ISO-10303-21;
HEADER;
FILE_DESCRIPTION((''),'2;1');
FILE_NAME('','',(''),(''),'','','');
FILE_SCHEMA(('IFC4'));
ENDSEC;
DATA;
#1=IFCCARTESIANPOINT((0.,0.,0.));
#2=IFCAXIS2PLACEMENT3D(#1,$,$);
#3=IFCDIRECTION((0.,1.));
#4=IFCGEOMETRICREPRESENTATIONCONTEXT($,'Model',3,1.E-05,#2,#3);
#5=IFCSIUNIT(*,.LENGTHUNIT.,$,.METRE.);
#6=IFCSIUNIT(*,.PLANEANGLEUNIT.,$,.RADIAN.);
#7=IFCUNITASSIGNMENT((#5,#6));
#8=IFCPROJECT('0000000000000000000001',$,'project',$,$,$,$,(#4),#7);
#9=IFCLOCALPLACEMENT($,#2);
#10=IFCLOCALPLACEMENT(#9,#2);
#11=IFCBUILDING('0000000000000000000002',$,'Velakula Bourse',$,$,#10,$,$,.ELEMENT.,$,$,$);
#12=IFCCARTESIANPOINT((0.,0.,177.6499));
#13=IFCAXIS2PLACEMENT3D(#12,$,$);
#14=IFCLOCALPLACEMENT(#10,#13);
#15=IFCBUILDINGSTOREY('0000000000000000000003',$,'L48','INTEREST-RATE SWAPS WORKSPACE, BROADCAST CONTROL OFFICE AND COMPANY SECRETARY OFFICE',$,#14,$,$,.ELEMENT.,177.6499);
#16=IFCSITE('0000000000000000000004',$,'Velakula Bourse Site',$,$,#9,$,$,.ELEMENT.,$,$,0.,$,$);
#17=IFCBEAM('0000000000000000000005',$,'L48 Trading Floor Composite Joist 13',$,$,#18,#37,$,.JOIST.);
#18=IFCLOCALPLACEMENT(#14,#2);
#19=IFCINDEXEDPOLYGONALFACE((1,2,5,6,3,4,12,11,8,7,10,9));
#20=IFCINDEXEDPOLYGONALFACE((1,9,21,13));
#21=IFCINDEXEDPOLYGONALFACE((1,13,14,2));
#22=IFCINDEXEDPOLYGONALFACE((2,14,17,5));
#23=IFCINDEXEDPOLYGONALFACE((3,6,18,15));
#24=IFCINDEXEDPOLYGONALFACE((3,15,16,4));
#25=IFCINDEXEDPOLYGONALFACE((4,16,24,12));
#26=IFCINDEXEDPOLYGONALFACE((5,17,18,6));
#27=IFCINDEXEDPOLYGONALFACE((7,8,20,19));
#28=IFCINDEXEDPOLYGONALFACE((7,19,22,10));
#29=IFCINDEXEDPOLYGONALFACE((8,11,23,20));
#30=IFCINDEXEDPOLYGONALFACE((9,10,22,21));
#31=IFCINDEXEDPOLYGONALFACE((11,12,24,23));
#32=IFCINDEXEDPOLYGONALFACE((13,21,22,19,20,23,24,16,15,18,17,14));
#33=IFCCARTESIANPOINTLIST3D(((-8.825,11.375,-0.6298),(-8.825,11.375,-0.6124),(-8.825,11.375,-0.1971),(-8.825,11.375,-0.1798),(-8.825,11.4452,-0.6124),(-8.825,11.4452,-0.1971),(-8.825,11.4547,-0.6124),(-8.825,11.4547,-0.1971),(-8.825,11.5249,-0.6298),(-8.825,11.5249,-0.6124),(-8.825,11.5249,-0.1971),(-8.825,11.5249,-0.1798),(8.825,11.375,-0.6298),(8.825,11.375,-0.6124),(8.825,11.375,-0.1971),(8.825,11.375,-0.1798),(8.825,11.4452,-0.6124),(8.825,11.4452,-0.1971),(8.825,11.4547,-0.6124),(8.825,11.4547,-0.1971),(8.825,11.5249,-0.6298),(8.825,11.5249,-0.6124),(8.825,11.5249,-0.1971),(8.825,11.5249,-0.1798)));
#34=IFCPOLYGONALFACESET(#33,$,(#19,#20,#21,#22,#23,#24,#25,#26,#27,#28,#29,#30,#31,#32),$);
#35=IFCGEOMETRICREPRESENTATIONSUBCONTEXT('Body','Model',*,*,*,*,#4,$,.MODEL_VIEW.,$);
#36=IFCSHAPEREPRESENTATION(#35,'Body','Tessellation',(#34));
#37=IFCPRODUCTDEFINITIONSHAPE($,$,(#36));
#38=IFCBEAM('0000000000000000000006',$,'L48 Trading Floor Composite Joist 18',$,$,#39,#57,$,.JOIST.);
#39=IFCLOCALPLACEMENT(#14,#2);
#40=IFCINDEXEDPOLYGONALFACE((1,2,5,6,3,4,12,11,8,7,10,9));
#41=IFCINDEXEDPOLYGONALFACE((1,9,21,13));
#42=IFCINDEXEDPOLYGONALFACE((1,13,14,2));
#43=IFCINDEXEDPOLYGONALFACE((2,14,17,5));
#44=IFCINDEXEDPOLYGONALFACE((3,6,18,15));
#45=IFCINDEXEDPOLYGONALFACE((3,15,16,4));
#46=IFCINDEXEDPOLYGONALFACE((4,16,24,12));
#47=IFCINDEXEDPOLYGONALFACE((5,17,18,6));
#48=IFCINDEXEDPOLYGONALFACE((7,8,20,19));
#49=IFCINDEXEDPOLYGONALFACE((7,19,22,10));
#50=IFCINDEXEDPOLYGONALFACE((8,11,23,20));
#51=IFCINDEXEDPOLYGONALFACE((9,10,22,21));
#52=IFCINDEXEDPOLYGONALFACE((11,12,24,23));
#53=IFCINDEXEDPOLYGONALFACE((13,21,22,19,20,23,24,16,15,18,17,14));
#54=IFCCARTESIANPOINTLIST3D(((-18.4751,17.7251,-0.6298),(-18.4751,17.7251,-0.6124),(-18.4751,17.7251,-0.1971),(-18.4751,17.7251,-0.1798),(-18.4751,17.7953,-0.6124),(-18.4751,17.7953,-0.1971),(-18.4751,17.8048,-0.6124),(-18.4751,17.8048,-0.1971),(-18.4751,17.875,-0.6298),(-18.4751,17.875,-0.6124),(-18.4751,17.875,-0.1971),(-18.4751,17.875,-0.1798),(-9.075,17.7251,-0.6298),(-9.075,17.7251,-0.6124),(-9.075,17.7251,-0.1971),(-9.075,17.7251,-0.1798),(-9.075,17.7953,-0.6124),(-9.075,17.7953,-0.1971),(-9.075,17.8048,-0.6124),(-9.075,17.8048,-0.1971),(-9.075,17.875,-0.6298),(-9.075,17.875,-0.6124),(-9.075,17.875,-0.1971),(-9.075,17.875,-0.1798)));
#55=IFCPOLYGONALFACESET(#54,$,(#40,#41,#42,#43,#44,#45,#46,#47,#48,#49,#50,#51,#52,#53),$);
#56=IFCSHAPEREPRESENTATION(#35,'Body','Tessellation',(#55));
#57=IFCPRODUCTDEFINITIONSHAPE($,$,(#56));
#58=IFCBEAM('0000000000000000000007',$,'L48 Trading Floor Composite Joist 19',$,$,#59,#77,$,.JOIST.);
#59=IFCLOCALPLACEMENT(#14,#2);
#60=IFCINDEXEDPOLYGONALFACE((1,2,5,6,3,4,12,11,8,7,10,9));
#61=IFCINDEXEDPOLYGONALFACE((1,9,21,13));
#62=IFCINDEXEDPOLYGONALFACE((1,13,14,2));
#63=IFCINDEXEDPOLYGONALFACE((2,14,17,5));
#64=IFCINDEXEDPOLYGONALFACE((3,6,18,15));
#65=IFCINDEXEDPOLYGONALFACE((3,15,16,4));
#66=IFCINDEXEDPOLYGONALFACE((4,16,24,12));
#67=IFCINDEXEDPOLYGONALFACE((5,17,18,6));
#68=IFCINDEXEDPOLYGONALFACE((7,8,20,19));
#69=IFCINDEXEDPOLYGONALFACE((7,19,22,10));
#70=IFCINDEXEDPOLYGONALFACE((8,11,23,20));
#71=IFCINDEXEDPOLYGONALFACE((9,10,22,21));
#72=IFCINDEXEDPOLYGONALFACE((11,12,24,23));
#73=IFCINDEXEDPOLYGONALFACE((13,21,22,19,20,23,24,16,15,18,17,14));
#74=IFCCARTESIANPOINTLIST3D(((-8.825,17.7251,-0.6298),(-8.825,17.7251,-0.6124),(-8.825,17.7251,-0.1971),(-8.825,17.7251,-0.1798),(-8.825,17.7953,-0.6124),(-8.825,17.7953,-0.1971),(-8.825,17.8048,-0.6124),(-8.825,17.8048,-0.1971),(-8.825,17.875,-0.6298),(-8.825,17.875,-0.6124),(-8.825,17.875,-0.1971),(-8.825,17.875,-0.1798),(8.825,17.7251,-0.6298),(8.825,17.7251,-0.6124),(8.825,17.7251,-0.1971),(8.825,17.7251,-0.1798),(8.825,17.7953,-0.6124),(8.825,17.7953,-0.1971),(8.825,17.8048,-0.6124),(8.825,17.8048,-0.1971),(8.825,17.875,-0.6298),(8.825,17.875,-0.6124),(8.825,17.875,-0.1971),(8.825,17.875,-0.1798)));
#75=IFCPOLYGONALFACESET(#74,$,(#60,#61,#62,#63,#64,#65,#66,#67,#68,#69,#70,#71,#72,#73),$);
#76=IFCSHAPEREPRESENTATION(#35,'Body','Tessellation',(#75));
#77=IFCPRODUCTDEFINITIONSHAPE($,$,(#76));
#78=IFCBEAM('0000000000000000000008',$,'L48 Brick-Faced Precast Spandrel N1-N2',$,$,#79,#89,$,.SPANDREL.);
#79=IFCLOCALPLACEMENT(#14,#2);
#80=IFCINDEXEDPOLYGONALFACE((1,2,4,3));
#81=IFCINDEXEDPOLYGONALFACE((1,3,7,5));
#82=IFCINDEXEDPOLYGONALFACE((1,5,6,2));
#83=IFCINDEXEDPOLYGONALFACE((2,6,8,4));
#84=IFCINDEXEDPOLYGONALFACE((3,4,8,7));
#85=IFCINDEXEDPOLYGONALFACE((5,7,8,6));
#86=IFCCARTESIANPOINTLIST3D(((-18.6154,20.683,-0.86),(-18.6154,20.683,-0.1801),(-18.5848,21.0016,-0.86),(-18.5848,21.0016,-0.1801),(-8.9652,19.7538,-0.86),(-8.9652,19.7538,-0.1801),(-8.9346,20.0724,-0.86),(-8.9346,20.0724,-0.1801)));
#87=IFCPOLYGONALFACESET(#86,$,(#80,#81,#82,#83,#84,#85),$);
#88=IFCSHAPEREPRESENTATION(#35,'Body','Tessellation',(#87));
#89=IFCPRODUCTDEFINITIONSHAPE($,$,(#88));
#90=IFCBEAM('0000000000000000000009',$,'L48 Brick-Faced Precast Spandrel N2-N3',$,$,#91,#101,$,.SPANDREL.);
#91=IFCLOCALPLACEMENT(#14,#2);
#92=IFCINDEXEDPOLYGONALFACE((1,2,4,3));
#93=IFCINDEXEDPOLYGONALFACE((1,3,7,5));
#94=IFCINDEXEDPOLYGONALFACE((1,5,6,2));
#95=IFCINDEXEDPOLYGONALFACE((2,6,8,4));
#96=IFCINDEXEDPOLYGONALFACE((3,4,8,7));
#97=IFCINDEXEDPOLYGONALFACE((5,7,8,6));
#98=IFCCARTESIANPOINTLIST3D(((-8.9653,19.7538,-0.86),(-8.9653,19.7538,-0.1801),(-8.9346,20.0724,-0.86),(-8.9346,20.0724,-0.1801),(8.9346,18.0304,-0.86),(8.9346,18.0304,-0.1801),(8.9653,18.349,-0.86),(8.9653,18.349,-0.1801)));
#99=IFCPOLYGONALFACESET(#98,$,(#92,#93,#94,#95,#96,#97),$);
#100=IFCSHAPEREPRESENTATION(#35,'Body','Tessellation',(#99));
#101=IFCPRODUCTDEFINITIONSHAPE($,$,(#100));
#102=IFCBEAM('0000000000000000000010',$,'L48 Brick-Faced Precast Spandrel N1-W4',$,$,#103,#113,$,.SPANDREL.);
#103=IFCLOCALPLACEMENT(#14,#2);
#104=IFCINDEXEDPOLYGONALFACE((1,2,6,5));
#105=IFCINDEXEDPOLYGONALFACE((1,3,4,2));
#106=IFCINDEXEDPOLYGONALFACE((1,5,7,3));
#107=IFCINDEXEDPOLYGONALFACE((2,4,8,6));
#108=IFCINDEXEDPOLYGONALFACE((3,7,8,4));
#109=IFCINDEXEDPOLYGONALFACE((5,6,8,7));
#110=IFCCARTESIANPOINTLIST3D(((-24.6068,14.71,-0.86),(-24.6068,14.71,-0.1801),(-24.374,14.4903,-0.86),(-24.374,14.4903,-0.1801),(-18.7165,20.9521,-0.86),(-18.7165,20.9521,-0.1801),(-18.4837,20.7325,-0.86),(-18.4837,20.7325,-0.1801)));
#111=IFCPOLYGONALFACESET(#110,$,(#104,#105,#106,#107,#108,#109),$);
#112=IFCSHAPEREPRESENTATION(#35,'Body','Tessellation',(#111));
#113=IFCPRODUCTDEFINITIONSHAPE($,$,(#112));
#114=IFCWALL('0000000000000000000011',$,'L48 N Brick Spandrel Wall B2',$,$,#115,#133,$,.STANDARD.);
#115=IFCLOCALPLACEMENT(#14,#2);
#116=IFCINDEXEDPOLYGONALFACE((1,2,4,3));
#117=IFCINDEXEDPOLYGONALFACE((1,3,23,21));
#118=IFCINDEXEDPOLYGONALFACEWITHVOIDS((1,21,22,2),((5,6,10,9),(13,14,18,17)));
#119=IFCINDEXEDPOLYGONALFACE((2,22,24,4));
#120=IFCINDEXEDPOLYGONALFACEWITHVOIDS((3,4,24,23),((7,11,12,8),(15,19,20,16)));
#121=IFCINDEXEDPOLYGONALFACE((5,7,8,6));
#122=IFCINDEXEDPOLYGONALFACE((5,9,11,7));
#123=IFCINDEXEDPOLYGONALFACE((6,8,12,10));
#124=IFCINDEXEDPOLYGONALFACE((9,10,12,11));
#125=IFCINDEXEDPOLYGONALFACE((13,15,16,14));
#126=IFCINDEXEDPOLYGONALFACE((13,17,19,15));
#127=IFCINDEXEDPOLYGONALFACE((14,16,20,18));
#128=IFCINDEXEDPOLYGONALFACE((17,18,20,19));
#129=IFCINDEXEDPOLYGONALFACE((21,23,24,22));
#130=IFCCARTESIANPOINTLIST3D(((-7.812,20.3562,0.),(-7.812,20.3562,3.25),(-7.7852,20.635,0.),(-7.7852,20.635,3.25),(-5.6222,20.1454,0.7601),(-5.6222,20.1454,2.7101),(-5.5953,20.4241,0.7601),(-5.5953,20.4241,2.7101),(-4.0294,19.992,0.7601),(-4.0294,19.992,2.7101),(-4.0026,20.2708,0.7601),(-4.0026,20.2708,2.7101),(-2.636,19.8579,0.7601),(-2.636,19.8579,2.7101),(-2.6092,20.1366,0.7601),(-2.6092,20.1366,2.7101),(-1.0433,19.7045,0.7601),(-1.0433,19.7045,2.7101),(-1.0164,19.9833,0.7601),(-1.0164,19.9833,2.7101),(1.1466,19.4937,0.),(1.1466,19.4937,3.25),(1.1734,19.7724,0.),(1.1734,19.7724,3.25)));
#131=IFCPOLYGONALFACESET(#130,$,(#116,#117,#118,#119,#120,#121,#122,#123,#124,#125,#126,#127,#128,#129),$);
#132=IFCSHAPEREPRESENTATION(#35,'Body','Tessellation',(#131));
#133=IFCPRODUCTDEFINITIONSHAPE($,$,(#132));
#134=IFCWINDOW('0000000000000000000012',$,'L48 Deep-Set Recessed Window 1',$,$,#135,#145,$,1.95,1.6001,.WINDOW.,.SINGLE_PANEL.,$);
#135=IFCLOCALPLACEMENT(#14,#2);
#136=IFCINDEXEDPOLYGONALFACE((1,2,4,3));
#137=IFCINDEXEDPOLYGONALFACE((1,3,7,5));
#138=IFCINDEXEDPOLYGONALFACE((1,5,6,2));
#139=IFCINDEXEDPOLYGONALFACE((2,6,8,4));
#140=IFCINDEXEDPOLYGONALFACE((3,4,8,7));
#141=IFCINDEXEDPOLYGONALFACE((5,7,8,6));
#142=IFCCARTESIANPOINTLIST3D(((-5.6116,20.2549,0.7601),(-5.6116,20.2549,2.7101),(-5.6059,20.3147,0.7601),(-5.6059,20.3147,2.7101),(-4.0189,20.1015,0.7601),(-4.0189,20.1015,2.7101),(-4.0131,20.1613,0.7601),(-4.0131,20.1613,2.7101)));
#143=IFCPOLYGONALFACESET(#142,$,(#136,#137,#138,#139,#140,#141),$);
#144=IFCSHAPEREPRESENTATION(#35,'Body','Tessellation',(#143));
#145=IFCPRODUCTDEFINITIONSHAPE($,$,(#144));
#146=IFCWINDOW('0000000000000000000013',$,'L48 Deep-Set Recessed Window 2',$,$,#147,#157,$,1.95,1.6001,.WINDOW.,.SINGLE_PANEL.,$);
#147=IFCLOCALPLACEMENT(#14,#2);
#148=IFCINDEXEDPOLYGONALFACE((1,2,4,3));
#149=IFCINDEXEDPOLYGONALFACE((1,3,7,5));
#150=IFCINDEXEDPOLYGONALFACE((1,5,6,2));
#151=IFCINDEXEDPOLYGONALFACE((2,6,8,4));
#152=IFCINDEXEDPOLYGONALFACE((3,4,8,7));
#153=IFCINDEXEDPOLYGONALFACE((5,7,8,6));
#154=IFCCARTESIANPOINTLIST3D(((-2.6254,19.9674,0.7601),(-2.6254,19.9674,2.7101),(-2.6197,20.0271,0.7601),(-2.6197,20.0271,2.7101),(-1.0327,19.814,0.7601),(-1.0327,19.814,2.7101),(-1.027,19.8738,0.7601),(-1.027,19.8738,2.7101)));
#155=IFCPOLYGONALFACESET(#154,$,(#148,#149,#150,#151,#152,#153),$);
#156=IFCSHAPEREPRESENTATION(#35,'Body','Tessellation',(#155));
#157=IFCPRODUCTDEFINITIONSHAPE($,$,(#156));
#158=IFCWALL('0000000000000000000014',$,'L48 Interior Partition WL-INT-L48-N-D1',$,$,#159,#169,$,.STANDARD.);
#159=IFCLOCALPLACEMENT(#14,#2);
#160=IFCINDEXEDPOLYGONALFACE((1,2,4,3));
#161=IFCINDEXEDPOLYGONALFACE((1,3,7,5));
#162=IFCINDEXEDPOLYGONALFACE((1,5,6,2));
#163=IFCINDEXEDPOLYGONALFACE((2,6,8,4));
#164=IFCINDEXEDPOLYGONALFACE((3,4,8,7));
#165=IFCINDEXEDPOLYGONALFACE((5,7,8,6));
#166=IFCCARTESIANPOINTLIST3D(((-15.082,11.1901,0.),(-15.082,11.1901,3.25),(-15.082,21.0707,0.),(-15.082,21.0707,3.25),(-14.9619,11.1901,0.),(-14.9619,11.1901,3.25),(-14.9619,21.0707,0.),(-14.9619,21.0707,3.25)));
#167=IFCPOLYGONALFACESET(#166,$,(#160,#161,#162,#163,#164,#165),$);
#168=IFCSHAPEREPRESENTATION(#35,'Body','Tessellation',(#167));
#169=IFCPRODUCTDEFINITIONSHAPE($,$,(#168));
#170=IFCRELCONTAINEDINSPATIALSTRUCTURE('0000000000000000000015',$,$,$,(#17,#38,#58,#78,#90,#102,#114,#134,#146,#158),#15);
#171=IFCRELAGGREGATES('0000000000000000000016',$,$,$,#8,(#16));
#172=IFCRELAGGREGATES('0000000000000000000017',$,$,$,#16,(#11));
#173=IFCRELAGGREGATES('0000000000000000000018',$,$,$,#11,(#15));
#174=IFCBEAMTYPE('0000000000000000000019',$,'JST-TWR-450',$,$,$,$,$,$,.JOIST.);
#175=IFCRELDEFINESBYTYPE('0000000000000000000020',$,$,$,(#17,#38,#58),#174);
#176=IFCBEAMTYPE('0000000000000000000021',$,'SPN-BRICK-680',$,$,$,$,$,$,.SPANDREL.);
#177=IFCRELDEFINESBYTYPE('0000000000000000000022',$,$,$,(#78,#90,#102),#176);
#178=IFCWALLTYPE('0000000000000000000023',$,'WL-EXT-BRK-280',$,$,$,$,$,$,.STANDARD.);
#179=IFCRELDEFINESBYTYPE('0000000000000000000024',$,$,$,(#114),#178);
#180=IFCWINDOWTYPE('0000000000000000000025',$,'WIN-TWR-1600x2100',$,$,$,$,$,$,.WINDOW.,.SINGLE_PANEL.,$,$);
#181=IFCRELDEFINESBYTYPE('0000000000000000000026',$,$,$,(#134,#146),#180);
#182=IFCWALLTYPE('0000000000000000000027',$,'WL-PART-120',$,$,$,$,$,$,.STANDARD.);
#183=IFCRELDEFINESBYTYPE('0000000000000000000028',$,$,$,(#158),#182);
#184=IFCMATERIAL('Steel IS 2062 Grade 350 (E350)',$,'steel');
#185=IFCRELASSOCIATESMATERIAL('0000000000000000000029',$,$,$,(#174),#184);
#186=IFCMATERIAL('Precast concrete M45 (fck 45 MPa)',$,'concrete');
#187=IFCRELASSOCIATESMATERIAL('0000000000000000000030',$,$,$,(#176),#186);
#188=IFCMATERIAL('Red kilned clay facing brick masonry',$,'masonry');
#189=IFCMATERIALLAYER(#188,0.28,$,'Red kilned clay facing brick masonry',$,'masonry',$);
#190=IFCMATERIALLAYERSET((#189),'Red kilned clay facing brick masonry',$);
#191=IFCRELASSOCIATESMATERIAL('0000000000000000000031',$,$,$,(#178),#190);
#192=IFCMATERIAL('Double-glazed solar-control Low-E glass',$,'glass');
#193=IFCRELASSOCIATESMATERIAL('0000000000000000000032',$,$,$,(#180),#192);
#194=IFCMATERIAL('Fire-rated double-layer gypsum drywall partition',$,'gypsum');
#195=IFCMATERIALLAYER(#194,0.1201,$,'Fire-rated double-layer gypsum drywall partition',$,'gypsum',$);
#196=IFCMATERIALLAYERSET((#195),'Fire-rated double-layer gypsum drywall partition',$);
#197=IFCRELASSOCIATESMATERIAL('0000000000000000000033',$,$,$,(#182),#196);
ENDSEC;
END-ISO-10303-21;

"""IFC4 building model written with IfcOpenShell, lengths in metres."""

from ifc_helpers import new_model, si_unit, direction, frame, frame_2d, origin, origin_2d, place, context, subcontext, project, spatial, rectangle, i_section, extrude, material, layer, layer_set, material_profile, profile_set, type_object, element, fill, save


model = new_model("IFC4")

# Units and contexts
model_context = context("Model", 3, precision=1e-05, world=origin(), true_north=direction((0.0, 1.0)))
body_context = subcontext(model_context, "Body", "Model", "MODEL_VIEW")
ifc_project = project(units=[si_unit("LENGTHUNIT", "METRE"), si_unit("PLANEANGLEUNIT", "RADIAN")], contexts=[model_context])

# Site, building, storey
site_placement = place(None, origin())
site = spatial("IfcSite", under=ifc_project, at=site_placement, Name="Velakula Bourse Site", CompositionType="ELEMENT", RefElevation=0.0)
building_placement = place(site_placement, origin())
building = spatial("IfcBuilding", under=site, at=building_placement, Name="Velakula Bourse", CompositionType="ELEMENT")
storey_placement = place(building_placement, frame((0.0, 0.0, 177.6499)))
storey = spatial("IfcBuildingStorey", under=building, at=storey_placement, Name="L48", Description="INTEREST-RATE SWAPS WORKSPACE, BROADCAST CONTROL OFFICE AND COMPANY SECRETARY OFFICE", CompositionType="ELEMENT", Elevation=177.6499)

# Shared definitions
ifc_material_1 = material(Name="Steel IS 2062 Grade 350 (E350)", Category="steel")

# Beams
ifc_material_profile_1 = material_profile(ifc_material_1, i_section(OverallWidth=0.1499, OverallDepth=0.45, WebThickness=0.0095, FlangeThickness=0.0173, at=origin_2d()), Name="Steel IS 2062 Grade 350 (E350)")
ifc_profile_set_1 = profile_set([ifc_material_profile_1], Name="Steel IS 2062 Grade 350 (E350)")
beam_type_1 = type_object("IfcBeamType", Name="JST-TWR-450", PredefinedType="JOIST", material=ifc_profile_set_1)
beam_1_placement = place(storey_placement, frame((-8.825, 11.45, -0.4048), z_axis=(1.0, 0.0, 0.0), x_axis=(0.0, 1.0, 0.0)))
element("IfcBeam", 1, at=beam_1_placement, inside=storey, type_object=beam_type_1, Name="L48 Trading Floor Composite Joist 13", PredefinedType="JOIST", context=body_context, shape_type="SweptSolid", body=[
    extrude(i_section(OverallWidth=0.1499, OverallDepth=0.45, WebThickness=0.0095, FlangeThickness=0.0173, at=origin_2d()), origin(), (0.0, 0.0, 1.0), 17.6499),
])
beam_2_placement = place(storey_placement, frame((-18.4751, 17.8, -0.4048), z_axis=(1.0, 0.0, 0.0), x_axis=(0.0, 1.0, 0.0)))
element("IfcBeam", 2, at=beam_2_placement, inside=storey, type_object=beam_type_1, Name="L48 Trading Floor Composite Joist 18", PredefinedType="JOIST", context=body_context, shape_type="SweptSolid", body=[
    extrude(i_section(OverallWidth=0.1499, OverallDepth=0.45, WebThickness=0.0095, FlangeThickness=0.0173, at=origin_2d()), origin(), (0.0, 0.0, 1.0), 9.4001),
])
beam_3_placement = place(storey_placement, frame((-8.825, 17.8, -0.4048), z_axis=(1.0, 0.0, 0.0), x_axis=(0.0, 1.0, 0.0)))
element("IfcBeam", 3, at=beam_3_placement, inside=storey, type_object=beam_type_1, Name="L48 Trading Floor Composite Joist 19", PredefinedType="JOIST", context=body_context, shape_type="SweptSolid", body=[
    extrude(i_section(OverallWidth=0.1499, OverallDepth=0.45, WebThickness=0.0095, FlangeThickness=0.0173, at=origin_2d()), origin(), (0.0, 0.0, 1.0), 17.6499),
])
ifc_material_2 = material(Name="Precast concrete M45 (fck 45 MPa)", Category="concrete")
ifc_material_profile_2 = material_profile(ifc_material_2, rectangle(XDim=0.3201, YDim=0.6799, at=origin_2d()), Name="Precast concrete M45 (fck 45 MPa)")
ifc_profile_set_2 = profile_set([ifc_material_profile_2], Name="Precast concrete M45 (fck 45 MPa)")
beam_type_2 = type_object("IfcBeamType", Name="SPN-BRICK-680", PredefinedType="SPANDREL", material=ifc_profile_set_2)
beam_4_placement = place(storey_placement, frame((-18.6001, 20.8423, -0.52), z_axis=(0.995396, -0.095845, 0.0), x_axis=(0.095845, 0.995396, 0.0)))
element("IfcBeam", 4, at=beam_4_placement, inside=storey, type_object=beam_type_2, Name="L48 Brick-Faced Precast Spandrel N1-N2", PredefinedType="SPANDREL", context=body_context, shape_type="SweptSolid", body=[
    extrude(rectangle(XDim=0.3201, YDim=0.6799, at=origin_2d()), origin(), (0.0, 0.0, 1.0), 9.6948),
])
beam_5_placement = place(storey_placement, frame((-8.95, 19.9131, -0.52), z_axis=(0.995397, -0.095836, 0.0), x_axis=(0.095836, 0.995397, 0.0)))
element("IfcBeam", 5, at=beam_5_placement, inside=storey, type_object=beam_type_2, Name="L48 Brick-Faced Precast Spandrel N2-N3", PredefinedType="SPANDREL", context=body_context, shape_type="SweptSolid", body=[
    extrude(rectangle(XDim=0.3201, YDim=0.6799, at=origin_2d()), origin(), (0.0, 0.0, 1.0), 17.9827),
])
beam_6_placement = place(storey_placement, frame((-18.6001, 20.8423, -0.52), z_axis=(-0.686314, -0.727305, 0.0), x_axis=(0.727305, -0.686314, 0.0)))
element("IfcBeam", 6, at=beam_6_placement, inside=storey, type_object=beam_type_2, Name="L48 Brick-Faced Precast Spandrel N1-W4", PredefinedType="SPANDREL", context=body_context, shape_type="SweptSolid", body=[
    extrude(rectangle(XDim=0.3201, YDim=0.6799, at=origin_2d()), origin(), (0.0, 0.0, 1.0), 8.5825),
])

# Wall, openings, windows
ifc_material_3 = material(Name="Red kilned clay facing brick masonry", Category="masonry")
ifc_layer_1 = layer(ifc_material_3, 0.28, Name="Red kilned clay facing brick masonry", Category="masonry")
ifc_layer_set_1 = layer_set([ifc_layer_1], Name="Red kilned clay facing brick masonry")
wall_type_1 = type_object("IfcWallType", Name="WL-EXT-BRK-280", PredefinedType="STANDARD", material=ifc_layer_set_1)
wall_1_placement = place(storey_placement, frame((-7.7986, 20.4956, 0.0), z_axis=(0.0, 0.0, 1.0), x_axis=(0.995397, -0.09584, 0.0)))
wall_1 = element("IfcWall", 7, at=wall_1_placement, inside=storey, type_object=wall_type_1, Name="L48 N Brick Spandrel Wall B2", PredefinedType="STANDARD", context=body_context, shape_type="SweptSolid", body=[
    extrude(rectangle(XDim=9.0, YDim=0.28, at=frame_2d((4.5, 0.0))), origin(), (0.0, 0.0, 1.0), 3.25),
])
opening_1_placement = place(wall_1_placement, frame((2.2, 0.0, 0.76)))
opening_1 = element("IfcOpeningElement", 8, at=opening_1_placement, cuts=wall_1, PredefinedType="OPENING", context=body_context, shape_type="SweptSolid", body=[
    extrude(rectangle(XDim=1.6001, YDim=1.95, at=frame_2d((0.8, 0.9751))), frame((0.0, 0.1499, 0.0), z_axis=(0.0, -1.0, 0.0), x_axis=(1.0, 0.0, 0.0)), (0.0, 0.0, 1.0), 0.3),
])
opening_2_placement = place(wall_1_placement, frame((5.2, 0.0, 0.76)))
opening_2 = element("IfcOpeningElement", 9, at=opening_2_placement, cuts=wall_1, PredefinedType="OPENING", context=body_context, shape_type="SweptSolid", body=[
    extrude(rectangle(XDim=1.6001, YDim=1.95, at=frame_2d((0.8, 0.9751))), frame((0.0, 0.1499, 0.0), z_axis=(0.0, -1.0, 0.0), x_axis=(1.0, 0.0, 0.0)), (0.0, 0.0, 1.0), 0.3),
])
ifc_material_4 = material(Name="Double-glazed solar-control Low-E glass", Category="glass")
window_type = type_object("IfcWindowType", Name="WIN-TWR-1600x2100", PartitioningType="SINGLE_PANEL", PredefinedType="WINDOW", material=ifc_material_4)
window_1_placement = place(opening_1_placement, origin())
window_1 = element("IfcWindow", 10, at=window_1_placement, inside=storey, type_object=window_type, Name="L48 Deep-Set Recessed Window 1", OverallHeight=1.95, OverallWidth=1.6001, PartitioningType="SINGLE_PANEL", PredefinedType="WINDOW", context=body_context, shape_type="SweptSolid", body=[
    extrude(rectangle(XDim=1.6001, YDim=1.95, at=frame_2d((0.8, 0.9751))), frame((0.0, 0.03, 0.0), z_axis=(0.0, -1.0, 0.0), x_axis=(1.0, 0.0, 0.0)), (0.0, 0.0, 1.0), 0.0601),
])
fill(opening_1, window_1)
window_2_placement = place(opening_2_placement, origin())
window_2 = element("IfcWindow", 11, at=window_2_placement, inside=storey, type_object=window_type, Name="L48 Deep-Set Recessed Window 2", OverallHeight=1.95, OverallWidth=1.6001, PartitioningType="SINGLE_PANEL", PredefinedType="WINDOW", context=body_context, shape_type="SweptSolid", body=[
    extrude(rectangle(XDim=1.6001, YDim=1.95, at=frame_2d((0.8, 0.9751))), frame((0.0, 0.03, 0.0), z_axis=(0.0, -1.0, 0.0), x_axis=(1.0, 0.0, 0.0)), (0.0, 0.0, 1.0), 0.0601),
])
fill(opening_2, window_2)

# Wall
ifc_material_5 = material(Name="Fire-rated double-layer gypsum drywall partition", Category="gypsum")
ifc_layer_2 = layer(ifc_material_5, 0.1201, Name="Fire-rated double-layer gypsum drywall partition", Category="gypsum")
ifc_layer_set_2 = layer_set([ifc_layer_2], Name="Fire-rated double-layer gypsum drywall partition")
wall_type_2 = type_object("IfcWallType", Name="WL-PART-120", PredefinedType="STANDARD", material=ifc_layer_set_2)
wall_2_placement = place(storey_placement, frame((-15.022, 11.1899, 0.0), z_axis=(0.0, 0.0, 1.0), x_axis=(0.0, 1.0, 0.0)))
element("IfcWall", 12, at=wall_2_placement, inside=storey, type_object=wall_type_2, Name="L48 Interior Partition WL-INT-L48-N-D1", PredefinedType="STANDARD", context=body_context, shape_type="SweptSolid", body=[
    extrude(rectangle(XDim=9.8806, YDim=0.1201, at=frame_2d((4.9404, 0.0))), origin(), (0.0, 0.0, 1.0), 3.25),
])

save(model, "model.ifc")
